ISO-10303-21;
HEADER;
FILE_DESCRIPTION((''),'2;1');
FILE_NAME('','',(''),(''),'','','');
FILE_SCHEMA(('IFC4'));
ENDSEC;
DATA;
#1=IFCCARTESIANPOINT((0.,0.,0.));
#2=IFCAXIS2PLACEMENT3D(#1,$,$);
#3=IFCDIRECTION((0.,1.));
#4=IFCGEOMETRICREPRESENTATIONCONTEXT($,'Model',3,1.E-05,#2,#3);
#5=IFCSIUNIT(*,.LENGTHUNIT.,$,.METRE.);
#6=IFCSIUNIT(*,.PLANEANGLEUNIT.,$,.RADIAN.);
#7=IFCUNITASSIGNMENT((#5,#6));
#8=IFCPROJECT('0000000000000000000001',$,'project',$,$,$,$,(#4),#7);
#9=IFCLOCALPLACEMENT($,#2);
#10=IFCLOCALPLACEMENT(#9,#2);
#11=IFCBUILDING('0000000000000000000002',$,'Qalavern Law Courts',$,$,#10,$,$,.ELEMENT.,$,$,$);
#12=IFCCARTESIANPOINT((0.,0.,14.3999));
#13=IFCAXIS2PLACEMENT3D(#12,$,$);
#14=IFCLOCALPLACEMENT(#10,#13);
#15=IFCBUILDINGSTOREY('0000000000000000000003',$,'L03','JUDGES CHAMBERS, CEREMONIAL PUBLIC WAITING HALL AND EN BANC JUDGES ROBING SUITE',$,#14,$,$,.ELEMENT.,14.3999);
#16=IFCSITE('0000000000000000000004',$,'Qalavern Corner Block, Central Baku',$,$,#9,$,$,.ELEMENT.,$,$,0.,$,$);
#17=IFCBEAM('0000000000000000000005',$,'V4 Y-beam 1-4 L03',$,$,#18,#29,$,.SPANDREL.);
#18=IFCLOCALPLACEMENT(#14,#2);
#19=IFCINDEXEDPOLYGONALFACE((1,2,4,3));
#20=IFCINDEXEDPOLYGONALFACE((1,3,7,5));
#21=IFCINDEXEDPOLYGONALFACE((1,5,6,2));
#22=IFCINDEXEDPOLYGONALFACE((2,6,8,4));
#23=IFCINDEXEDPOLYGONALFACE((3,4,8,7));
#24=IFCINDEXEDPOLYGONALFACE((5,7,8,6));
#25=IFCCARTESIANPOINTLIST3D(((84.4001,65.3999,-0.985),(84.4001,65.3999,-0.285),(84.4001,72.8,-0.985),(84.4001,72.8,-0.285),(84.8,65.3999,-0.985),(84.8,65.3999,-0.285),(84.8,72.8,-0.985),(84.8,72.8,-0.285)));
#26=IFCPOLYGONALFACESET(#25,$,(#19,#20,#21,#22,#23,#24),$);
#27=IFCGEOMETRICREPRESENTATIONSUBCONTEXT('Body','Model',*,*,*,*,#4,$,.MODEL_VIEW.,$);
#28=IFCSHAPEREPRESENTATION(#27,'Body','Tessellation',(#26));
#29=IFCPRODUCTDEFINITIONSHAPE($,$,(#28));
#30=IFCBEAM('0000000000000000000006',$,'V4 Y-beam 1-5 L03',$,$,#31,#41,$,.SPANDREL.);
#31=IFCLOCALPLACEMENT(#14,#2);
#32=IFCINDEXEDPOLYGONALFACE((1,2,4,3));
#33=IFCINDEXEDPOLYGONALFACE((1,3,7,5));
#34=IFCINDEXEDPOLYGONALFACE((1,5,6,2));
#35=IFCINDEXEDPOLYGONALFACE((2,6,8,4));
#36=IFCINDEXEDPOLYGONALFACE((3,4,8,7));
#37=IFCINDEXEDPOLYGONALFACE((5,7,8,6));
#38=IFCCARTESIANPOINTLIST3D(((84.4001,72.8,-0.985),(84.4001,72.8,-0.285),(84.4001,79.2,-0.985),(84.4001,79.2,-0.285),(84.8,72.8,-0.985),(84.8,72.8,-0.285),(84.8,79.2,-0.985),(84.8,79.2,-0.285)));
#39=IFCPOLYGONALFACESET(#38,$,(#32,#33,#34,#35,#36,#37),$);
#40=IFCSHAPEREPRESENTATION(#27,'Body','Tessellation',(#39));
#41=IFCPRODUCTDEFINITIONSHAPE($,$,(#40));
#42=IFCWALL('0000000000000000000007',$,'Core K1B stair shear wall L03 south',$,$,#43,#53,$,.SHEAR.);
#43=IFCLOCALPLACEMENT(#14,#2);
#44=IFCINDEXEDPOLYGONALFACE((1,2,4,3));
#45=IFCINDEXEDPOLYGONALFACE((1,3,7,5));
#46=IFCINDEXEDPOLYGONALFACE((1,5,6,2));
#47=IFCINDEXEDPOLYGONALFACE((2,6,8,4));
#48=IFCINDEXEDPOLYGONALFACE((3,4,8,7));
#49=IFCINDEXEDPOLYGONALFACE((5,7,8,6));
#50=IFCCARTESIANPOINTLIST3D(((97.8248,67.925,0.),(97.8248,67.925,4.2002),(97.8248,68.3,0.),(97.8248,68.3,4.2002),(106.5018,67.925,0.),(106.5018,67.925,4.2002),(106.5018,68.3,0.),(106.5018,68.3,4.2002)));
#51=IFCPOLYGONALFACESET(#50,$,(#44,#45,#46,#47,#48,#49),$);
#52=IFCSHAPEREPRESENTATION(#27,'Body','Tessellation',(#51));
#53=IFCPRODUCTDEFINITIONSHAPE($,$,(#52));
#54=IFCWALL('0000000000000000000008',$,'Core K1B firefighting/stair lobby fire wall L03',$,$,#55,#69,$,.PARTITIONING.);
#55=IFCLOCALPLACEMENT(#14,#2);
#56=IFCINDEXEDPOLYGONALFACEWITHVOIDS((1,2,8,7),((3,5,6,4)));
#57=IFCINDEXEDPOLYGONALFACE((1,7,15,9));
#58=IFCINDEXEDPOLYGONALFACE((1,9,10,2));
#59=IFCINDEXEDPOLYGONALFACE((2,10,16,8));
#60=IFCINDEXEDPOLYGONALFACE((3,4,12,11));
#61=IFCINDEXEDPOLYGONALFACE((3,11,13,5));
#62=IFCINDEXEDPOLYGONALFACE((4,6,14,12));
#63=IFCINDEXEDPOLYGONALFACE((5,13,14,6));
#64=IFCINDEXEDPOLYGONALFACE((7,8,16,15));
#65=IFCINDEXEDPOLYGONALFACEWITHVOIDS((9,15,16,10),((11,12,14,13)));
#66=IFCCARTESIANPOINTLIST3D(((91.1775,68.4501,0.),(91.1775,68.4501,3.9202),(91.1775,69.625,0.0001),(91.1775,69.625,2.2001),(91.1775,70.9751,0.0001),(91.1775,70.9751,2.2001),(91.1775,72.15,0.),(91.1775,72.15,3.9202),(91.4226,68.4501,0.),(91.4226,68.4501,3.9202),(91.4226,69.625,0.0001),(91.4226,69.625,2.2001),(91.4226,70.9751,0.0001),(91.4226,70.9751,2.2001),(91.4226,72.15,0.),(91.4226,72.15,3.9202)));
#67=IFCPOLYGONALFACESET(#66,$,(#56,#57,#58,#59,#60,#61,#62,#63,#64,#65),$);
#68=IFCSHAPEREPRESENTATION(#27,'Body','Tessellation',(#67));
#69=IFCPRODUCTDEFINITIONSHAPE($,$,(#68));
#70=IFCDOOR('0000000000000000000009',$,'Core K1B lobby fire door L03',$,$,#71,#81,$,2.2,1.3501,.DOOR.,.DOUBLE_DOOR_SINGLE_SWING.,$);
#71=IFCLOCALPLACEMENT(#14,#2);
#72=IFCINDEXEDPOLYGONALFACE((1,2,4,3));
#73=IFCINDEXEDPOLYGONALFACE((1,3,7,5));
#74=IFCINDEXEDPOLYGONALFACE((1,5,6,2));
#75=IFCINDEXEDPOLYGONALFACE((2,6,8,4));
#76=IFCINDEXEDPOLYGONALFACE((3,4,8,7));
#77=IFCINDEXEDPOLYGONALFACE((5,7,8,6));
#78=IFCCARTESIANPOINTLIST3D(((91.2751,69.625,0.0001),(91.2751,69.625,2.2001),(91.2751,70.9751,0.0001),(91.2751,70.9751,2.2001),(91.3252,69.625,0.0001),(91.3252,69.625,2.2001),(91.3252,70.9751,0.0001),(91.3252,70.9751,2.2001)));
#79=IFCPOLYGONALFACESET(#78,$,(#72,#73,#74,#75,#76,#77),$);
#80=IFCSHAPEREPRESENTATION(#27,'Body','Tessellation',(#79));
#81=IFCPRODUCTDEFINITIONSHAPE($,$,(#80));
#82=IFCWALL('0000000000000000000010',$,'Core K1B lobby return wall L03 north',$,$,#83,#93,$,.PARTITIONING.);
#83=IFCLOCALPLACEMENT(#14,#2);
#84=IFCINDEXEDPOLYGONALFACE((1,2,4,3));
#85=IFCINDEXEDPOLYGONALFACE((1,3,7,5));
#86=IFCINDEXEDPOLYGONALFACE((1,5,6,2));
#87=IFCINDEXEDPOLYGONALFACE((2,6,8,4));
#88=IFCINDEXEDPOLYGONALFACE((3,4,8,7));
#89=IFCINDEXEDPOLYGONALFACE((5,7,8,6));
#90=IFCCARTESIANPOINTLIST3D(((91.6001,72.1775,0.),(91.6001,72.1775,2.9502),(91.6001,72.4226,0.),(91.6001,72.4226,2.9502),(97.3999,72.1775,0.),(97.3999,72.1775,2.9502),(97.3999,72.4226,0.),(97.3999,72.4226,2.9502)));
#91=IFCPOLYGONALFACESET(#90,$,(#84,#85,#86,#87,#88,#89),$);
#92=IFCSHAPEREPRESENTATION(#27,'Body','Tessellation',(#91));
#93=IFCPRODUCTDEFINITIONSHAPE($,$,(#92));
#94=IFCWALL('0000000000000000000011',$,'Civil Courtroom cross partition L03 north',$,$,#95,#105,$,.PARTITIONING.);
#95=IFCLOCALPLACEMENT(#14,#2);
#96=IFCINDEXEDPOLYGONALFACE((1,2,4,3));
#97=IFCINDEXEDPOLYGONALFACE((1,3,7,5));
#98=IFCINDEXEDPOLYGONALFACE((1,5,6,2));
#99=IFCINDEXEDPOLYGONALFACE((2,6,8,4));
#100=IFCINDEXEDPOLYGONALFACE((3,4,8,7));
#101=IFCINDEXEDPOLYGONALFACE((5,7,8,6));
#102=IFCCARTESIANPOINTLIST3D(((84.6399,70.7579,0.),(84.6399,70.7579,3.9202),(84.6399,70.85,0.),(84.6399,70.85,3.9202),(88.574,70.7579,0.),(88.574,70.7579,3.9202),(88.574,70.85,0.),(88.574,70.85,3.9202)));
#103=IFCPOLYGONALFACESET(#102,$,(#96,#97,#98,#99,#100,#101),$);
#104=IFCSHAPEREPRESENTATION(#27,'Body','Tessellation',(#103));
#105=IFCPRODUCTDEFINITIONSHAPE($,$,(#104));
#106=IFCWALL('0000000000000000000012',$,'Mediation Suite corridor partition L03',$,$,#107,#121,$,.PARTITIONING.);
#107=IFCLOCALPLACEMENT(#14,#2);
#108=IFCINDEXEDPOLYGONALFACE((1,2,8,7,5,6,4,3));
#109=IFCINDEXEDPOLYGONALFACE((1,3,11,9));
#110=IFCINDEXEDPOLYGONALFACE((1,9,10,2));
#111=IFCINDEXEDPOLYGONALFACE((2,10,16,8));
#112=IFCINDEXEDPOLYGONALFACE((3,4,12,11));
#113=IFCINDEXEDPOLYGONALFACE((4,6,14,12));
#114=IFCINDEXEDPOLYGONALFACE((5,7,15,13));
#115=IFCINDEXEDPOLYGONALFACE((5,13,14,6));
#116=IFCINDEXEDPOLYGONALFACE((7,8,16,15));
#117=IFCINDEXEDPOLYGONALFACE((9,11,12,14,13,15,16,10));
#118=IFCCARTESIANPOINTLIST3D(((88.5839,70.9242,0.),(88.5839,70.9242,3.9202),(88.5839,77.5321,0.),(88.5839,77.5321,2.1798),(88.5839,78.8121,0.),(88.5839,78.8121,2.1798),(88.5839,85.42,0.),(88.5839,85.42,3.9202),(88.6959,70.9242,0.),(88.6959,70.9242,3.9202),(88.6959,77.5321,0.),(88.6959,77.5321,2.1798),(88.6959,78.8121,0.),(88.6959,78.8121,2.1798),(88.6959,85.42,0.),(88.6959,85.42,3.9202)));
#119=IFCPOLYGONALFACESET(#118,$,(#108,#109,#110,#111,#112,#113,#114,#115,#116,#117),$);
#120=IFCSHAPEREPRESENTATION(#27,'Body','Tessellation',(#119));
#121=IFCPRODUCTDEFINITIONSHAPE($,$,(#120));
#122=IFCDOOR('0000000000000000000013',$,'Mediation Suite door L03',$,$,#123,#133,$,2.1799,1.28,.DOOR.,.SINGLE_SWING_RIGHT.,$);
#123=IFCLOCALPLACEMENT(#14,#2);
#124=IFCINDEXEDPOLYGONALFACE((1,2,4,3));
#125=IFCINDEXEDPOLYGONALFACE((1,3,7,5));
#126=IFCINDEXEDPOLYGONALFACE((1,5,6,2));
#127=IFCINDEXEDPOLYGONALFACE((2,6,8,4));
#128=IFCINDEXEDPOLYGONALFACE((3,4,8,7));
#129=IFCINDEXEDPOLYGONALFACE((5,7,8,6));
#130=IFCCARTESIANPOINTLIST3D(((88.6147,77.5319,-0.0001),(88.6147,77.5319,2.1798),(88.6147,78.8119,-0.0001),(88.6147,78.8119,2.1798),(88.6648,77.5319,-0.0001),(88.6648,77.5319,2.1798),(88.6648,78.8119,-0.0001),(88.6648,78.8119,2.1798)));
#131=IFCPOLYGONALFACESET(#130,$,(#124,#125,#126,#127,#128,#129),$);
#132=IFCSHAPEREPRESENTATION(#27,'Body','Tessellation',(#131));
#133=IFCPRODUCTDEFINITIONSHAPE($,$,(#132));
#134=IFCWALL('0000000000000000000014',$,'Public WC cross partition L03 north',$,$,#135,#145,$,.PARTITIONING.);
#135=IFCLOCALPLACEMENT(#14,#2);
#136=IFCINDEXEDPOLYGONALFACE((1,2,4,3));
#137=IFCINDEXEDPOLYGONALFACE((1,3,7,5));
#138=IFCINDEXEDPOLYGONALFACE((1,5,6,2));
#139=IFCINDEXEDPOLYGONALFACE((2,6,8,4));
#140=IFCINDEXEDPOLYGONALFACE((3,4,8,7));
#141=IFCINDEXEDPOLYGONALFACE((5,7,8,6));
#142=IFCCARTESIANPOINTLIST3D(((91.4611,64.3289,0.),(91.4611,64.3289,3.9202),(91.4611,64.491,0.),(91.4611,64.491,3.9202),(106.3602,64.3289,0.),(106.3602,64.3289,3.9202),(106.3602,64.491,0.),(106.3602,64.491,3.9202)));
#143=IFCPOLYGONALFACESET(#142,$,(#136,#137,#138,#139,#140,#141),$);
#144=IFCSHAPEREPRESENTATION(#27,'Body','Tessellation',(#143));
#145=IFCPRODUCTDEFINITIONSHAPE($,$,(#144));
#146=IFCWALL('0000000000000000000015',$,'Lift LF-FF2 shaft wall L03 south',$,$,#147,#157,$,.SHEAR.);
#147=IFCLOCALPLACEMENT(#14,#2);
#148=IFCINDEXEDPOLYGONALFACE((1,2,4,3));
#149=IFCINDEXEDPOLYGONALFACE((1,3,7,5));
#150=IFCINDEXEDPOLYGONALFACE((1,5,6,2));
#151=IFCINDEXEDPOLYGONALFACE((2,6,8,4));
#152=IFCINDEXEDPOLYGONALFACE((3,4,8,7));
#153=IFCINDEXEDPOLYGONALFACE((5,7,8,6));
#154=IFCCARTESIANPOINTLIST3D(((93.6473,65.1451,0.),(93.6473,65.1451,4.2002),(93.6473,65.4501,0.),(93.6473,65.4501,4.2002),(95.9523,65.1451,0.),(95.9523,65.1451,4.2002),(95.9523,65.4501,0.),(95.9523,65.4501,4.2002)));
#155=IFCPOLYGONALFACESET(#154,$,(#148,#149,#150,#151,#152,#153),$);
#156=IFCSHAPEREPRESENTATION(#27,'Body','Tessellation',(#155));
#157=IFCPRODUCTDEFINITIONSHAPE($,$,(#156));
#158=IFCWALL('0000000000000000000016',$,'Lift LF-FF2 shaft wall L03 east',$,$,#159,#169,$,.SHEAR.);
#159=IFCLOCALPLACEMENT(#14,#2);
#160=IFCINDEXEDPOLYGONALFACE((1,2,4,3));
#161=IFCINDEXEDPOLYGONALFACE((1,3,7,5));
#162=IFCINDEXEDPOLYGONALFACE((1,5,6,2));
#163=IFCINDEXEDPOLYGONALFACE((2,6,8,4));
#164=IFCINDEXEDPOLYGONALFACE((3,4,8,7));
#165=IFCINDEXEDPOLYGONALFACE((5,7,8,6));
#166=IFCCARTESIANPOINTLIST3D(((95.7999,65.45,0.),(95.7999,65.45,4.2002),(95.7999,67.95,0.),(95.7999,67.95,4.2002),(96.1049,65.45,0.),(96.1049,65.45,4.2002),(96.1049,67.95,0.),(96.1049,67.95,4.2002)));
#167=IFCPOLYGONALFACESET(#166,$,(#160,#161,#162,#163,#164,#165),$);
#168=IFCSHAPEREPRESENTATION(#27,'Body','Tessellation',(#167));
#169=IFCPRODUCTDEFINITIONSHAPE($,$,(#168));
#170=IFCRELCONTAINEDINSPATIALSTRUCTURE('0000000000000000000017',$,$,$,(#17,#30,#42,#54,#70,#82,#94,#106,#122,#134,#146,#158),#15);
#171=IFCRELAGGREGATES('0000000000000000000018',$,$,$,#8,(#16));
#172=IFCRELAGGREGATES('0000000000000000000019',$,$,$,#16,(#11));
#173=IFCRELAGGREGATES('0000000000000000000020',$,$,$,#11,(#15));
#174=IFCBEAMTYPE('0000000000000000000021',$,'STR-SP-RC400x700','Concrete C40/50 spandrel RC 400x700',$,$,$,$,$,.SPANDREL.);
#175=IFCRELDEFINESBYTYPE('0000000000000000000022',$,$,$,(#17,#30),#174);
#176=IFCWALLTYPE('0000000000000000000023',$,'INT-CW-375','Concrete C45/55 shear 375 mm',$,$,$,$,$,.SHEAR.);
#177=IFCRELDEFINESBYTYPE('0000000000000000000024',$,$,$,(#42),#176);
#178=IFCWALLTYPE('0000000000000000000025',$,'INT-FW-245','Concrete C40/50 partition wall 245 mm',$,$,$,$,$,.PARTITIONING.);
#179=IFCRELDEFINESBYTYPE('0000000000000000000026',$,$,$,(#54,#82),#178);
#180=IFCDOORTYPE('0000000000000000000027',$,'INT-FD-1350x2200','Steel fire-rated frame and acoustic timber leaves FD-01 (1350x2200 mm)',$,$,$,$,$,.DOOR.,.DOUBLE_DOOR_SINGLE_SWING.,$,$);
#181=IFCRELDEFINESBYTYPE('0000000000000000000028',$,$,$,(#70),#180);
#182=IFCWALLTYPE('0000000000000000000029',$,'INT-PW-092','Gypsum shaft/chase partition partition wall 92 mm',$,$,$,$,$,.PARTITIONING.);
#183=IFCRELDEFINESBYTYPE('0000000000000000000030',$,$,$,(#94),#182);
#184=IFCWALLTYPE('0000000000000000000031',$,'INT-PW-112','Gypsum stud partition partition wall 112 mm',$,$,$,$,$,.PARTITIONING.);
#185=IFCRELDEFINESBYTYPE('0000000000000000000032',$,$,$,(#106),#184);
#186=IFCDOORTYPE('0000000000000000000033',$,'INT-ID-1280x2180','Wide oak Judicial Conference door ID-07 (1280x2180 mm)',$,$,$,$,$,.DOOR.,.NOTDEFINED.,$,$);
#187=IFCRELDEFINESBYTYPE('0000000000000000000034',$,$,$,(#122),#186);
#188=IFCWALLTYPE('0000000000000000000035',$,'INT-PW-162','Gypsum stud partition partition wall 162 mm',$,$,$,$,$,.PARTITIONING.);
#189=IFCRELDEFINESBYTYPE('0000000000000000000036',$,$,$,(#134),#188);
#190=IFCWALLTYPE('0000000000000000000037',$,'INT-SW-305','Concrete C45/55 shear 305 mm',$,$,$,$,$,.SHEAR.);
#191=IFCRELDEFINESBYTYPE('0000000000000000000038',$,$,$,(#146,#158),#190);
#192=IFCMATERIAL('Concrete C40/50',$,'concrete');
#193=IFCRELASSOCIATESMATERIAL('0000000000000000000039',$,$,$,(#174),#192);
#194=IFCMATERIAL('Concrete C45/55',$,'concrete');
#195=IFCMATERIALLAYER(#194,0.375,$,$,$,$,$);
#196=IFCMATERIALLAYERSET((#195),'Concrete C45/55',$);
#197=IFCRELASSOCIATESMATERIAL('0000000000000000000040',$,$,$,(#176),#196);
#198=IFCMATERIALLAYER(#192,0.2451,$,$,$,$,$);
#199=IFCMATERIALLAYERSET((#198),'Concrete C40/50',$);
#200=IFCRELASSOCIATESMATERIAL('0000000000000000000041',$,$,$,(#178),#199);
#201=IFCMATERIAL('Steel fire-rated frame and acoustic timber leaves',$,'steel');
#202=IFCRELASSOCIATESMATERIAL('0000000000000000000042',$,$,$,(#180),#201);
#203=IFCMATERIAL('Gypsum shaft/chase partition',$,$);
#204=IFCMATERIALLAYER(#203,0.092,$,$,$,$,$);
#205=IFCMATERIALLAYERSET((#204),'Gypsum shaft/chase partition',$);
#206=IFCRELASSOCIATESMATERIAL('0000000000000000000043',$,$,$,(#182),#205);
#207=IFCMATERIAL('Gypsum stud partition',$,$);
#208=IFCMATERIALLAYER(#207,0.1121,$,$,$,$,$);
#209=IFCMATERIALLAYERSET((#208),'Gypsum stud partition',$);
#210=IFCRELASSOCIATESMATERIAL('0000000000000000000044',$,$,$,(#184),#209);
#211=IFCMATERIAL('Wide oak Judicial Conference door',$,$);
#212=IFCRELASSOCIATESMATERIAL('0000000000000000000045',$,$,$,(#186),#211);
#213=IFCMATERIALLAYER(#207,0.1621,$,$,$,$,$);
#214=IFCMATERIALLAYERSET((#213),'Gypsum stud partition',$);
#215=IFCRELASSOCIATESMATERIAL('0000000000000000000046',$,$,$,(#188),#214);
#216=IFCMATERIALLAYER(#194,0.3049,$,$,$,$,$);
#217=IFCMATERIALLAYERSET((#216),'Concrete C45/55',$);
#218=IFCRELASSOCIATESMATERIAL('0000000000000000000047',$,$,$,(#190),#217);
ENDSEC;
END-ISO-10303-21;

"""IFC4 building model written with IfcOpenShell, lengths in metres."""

from ifc_helpers import new_model, si_unit, direction, frame, frame_2d, origin, origin_2d, place, context, subcontext, project, spatial, rectangle, extrude, material, layer, layer_set, material_profile, profile_set, type_object, element, fill, save


model = new_model("IFC4")

# Units and contexts
model_context = context("Model", 3, precision=1e-05, world=origin(), true_north=direction((0.0, 1.0)))
body_context = subcontext(model_context, "Body", "Model", "MODEL_VIEW")
ifc_project = project(units=[si_unit("LENGTHUNIT", "METRE"), si_unit("PLANEANGLEUNIT", "RADIAN")], contexts=[model_context])

# Site, building, storey
site_placement = place(None, origin())
site = spatial("IfcSite", under=ifc_project, at=site_placement, Name="Qalavern Corner Block, Central Baku", CompositionType="ELEMENT", RefElevation=0.0)
building_placement = place(site_placement, origin())
building = spatial("IfcBuilding", under=site, at=building_placement, Name="Qalavern Law Courts", CompositionType="ELEMENT")
storey_placement = place(building_placement, frame((0.0, 0.0, 14.3999)))
storey = spatial("IfcBuildingStorey", under=building, at=storey_placement, Name="L03", Description="JUDGES CHAMBERS, CEREMONIAL PUBLIC WAITING HALL AND EN BANC JUDGES ROBING SUITE", CompositionType="ELEMENT", Elevation=14.3999)

# Shared definitions
ifc_material_1 = material(Name="Concrete C45/55", Category="concrete")

# Beams
ifc_material_2 = material(Name="Concrete C40/50", Category="concrete")
ifc_material_profile_1 = material_profile(ifc_material_2, rectangle(XDim=0.3999, YDim=0.7, at=origin_2d()), Name="RC 400x700")
ifc_profile_set_1 = profile_set([ifc_material_profile_1], Name="Concrete C40/50")
beam_type_1 = type_object("IfcBeamType", Name="STR-SP-RC400x700", Description="Concrete C40/50 spandrel RC 400x700", PredefinedType="SPANDREL", material=ifc_profile_set_1)
beam_1_placement = place(storey_placement, frame((84.6001, 65.3999, -0.635), z_axis=(0.0, 1.0, 0.0), x_axis=(-1.0, 0.0, 0.0)))
element("IfcBeam", 1, at=beam_1_placement, inside=storey, type_object=beam_type_1, Name="V4 Y-beam 1-4 L03", PredefinedType="SPANDREL", context=body_context, shape_type="SweptSolid", body=[
    extrude(rectangle(XDim=0.3999, YDim=0.7, at=origin_2d()), origin(), (0.0, 0.0, 1.0), 7.4001),
])
beam_2_placement = place(storey_placement, frame((84.6001, 72.8, -0.635), z_axis=(0.0, 1.0, 0.0), x_axis=(-1.0, 0.0, 0.0)))
element("IfcBeam", 2, at=beam_2_placement, inside=storey, type_object=beam_type_1, Name="V4 Y-beam 1-5 L03", PredefinedType="SPANDREL", context=body_context, shape_type="SweptSolid", body=[
    extrude(rectangle(XDim=0.3999, YDim=0.7, at=origin_2d()), origin(), (0.0, 0.0, 1.0), 6.3999),
])

# Wall
ifc_layer_1 = layer(ifc_material_1, 0.375)
ifc_layer_set_1 = layer_set([ifc_layer_1], Name="Concrete C45/55")
wall_type_1 = type_object("IfcWallType", Name="INT-CW-375", Description="Concrete C45/55 shear 375 mm", PredefinedType="SHEAR", material=ifc_layer_set_1)
wall_1_placement = place(storey_placement, frame((97.825, 68.1125, 0.0), z_axis=(0.0, 0.0, 1.0), x_axis=(1.0, 0.0, 0.0)))
element("IfcWall", 3, at=wall_1_placement, inside=storey, type_object=wall_type_1, Name="Core K1B stair shear wall L03 south", PredefinedType="SHEAR", context=body_context, shape_type="SweptSolid", body=[
    extrude(rectangle(XDim=8.677, YDim=0.375, at=frame_2d((4.3384, 0.0))), origin(), (0.0, 0.0, 1.0), 4.2002),
])

# Wall, opening, door
ifc_layer_2 = layer(ifc_material_2, 0.2451)
ifc_layer_set_2 = layer_set([ifc_layer_2], Name="Concrete C40/50")
wall_type_2 = type_object("IfcWallType", Name="INT-FW-245", Description="Concrete C40/50 partition wall 245 mm", PredefinedType="PARTITIONING", material=ifc_layer_set_2)
wall_2_placement = place(storey_placement, frame((91.3, 68.45, 0.0), z_axis=(0.0, 0.0, 1.0), x_axis=(0.0, 1.0, 0.0)))
wall_2 = element("IfcWall", 4, at=wall_2_placement, inside=storey, type_object=wall_type_2, Name="Core K1B firefighting/stair lobby fire wall L03", PredefinedType="PARTITIONING", context=body_context, shape_type="SweptSolid", body=[
    extrude(rectangle(XDim=3.7, YDim=0.2451, at=frame_2d((1.8501, 0.0))), origin(), (0.0, 0.0, 1.0), 3.9202),
])
opening_1_placement = place(wall_2_placement, frame((1.175, 0.0, 0.0)))
opening_1 = element("IfcOpeningElement", 5, at=opening_1_placement, cuts=wall_2, PredefinedType="OPENING", context=body_context, shape_type="SweptSolid", body=[
    extrude(rectangle(XDim=1.3501, YDim=2.2, at=frame_2d((0.675, 1.1001))), frame((0.0, 0.1375, 0.0), z_axis=(0.0, -1.0, 0.0), x_axis=(1.0, 0.0, 0.0)), (0.0, 0.0, 1.0), 0.2749),
])
ifc_material_3 = material(Name="Steel fire-rated frame and acoustic timber leaves", Category="steel")
door_type_1 = type_object("IfcDoorType", Name="INT-FD-1350x2200", Description="Steel fire-rated frame and acoustic timber leaves FD-01 (1350x2200 mm)", OperationType="DOUBLE_DOOR_SINGLE_SWING", PredefinedType="DOOR", material=ifc_material_3)
door_1_placement = place(opening_1_placement, origin())
door_1 = element("IfcDoor", 6, at=door_1_placement, inside=storey, type_object=door_type_1, Name="Core K1B lobby fire door L03", OperationType="DOUBLE_DOOR_SINGLE_SWING", OverallHeight=2.2, OverallWidth=1.3501, PredefinedType="DOOR", context=body_context, shape_type="SweptSolid", body=[
    extrude(rectangle(XDim=1.3501, YDim=2.2, at=frame_2d((0.675, 1.1001))), frame((0.0, 0.0249, 0.0), z_axis=(0.0, -1.0, 0.0), x_axis=(1.0, 0.0, 0.0)), (0.0, 0.0, 1.0), 0.05),
])
fill(opening_1, door_1)

# Walls
wall_3_placement = place(storey_placement, frame((91.6001, 72.3, 0.0), z_axis=(0.0, 0.0, 1.0), x_axis=(1.0, 0.0, 0.0)))
element("IfcWall", 7, at=wall_3_placement, inside=storey, type_object=wall_type_2, Name="Core K1B lobby return wall L03 north", PredefinedType="PARTITIONING", context=body_context, shape_type="SweptSolid", body=[
    extrude(rectangle(XDim=5.7998, YDim=0.2451, at=frame_2d((2.8999, 0.0))), origin(), (0.0, 0.0, 1.0), 2.9502),
])
ifc_material_4 = material(Name="Gypsum shaft/chase partition")
ifc_layer_3 = layer(ifc_material_4, 0.092)
ifc_layer_set_3 = layer_set([ifc_layer_3], Name="Gypsum shaft/chase partition")
wall_type_3 = type_object("IfcWallType", Name="INT-PW-092", Description="Gypsum shaft/chase partition partition wall 92 mm", PredefinedType="PARTITIONING", material=ifc_layer_set_3)
wall_4_placement = place(storey_placement, frame((84.6399, 70.804, 0.0), z_axis=(0.0, 0.0, 1.0), x_axis=(1.0, 0.0, 0.0)))
element("IfcWall", 8, at=wall_4_placement, inside=storey, type_object=wall_type_3, Name="Civil Courtroom cross partition L03 north", PredefinedType="PARTITIONING", context=body_context, shape_type="SweptSolid", body=[
    extrude(rectangle(XDim=3.9341, YDim=0.092, at=frame_2d((1.967, 0.0))), origin(), (0.0, 0.0, 1.0), 3.9202),
])

# Wall, opening, door
ifc_material_5 = material(Name="Gypsum stud partition")
ifc_layer_4 = layer(ifc_material_5, 0.1121)
ifc_layer_set_4 = layer_set([ifc_layer_4], Name="Gypsum stud partition")
wall_type_4 = type_object("IfcWallType", Name="INT-PW-112", Description="Gypsum stud partition partition wall 112 mm", PredefinedType="PARTITIONING", material=ifc_layer_set_4)
wall_5_placement = place(storey_placement, frame((88.6399, 70.9241, 0.0), z_axis=(0.0, 0.0, 1.0), x_axis=(0.0, 1.0, 0.0)))
wall_5 = element("IfcWall", 9, at=wall_5_placement, inside=storey, type_object=wall_type_4, Name="Mediation Suite corridor partition L03", PredefinedType="PARTITIONING", context=body_context, shape_type="SweptSolid", body=[
    extrude(rectangle(XDim=14.4958, YDim=0.1121, at=frame_2d((7.248, 0.0))), origin(), (0.0, 0.0, 1.0), 3.9202),
])
opening_2_placement = place(wall_5_placement, frame((6.6079, 0.0, 0.0)))
opening_2 = element("IfcOpeningElement", 10, at=opening_2_placement, cuts=wall_5, PredefinedType="OPENING", context=body_context, shape_type="SweptSolid", body=[
    extrude(rectangle(XDim=1.28, YDim=2.1799, at=frame_2d((0.6401, 1.0898))), frame((0.0, 0.0708, 0.0), z_axis=(0.0, -1.0, 0.0), x_axis=(1.0, 0.0, 0.0)), (0.0, 0.0, 1.0), 0.1418),
])
ifc_material_6 = material(Name="Wide oak Judicial Conference door")
door_type_2 = type_object("IfcDoorType", Name="INT-ID-1280x2180", Description="Wide oak Judicial Conference door ID-07 (1280x2180 mm)", OperationType="NOTDEFINED", PredefinedType="DOOR", material=ifc_material_6)
door_2_placement = place(opening_2_placement, frame((1.28, 0.0, 0.0), z_axis=(0.0, 0.0, 1.0), x_axis=(-1.0, 0.0, 0.0)))
door_2 = element("IfcDoor", 11, at=door_2_placement, inside=storey, type_object=door_type_2, Name="Mediation Suite door L03", OperationType="SINGLE_SWING_RIGHT", OverallHeight=2.1799, OverallWidth=1.28, PredefinedType="DOOR", context=body_context, shape_type="SweptSolid", body=[
    extrude(rectangle(XDim=1.28, YDim=2.1799, at=frame_2d((0.6401, 1.0898))), frame((0.0, 0.0249, 0.0), z_axis=(0.0, -1.0, 0.0), x_axis=(1.0, 0.0, 0.0)), (0.0, 0.0, 1.0), 0.05),
])
fill(opening_2, door_2)

# Walls
ifc_layer_5 = layer(ifc_material_5, 0.1621)
ifc_layer_set_5 = layer_set([ifc_layer_5], Name="Gypsum stud partition")
wall_type_5 = type_object("IfcWallType", Name="INT-PW-162", Description="Gypsum stud partition partition wall 162 mm", PredefinedType="PARTITIONING", material=ifc_layer_set_5)
wall_6_placement = place(storey_placement, frame((91.4609, 64.4099, 0.0), z_axis=(0.0, 0.0, 1.0), x_axis=(1.0, 0.0, 0.0)))
element("IfcWall", 12, at=wall_6_placement, inside=storey, type_object=wall_type_5, Name="Public WC cross partition L03 north", PredefinedType="PARTITIONING", context=body_context, shape_type="SweptSolid", body=[
    extrude(rectangle(XDim=14.8992, YDim=0.1621, at=frame_2d((7.4497, 0.0))), origin(), (0.0, 0.0, 1.0), 3.9202),
])
ifc_layer_6 = layer(ifc_material_1, 0.3049)
ifc_layer_set_6 = layer_set([ifc_layer_6], Name="Concrete C45/55")
wall_type_6 = type_object("IfcWallType", Name="INT-SW-305", Description="Concrete C45/55 shear 305 mm", PredefinedType="SHEAR", material=ifc_layer_set_6)
wall_7_placement = place(storey_placement, frame((93.6475, 65.2976, 0.0), z_axis=(0.0, 0.0, 1.0), x_axis=(1.0, 0.0, 0.0)))
element("IfcWall", 13, at=wall_7_placement, inside=storey, type_object=wall_type_6, Name="Lift LF-FF2 shaft wall L03 south", PredefinedType="SHEAR", context=body_context, shape_type="SweptSolid", body=[
    extrude(rectangle(XDim=2.3049, YDim=0.3049, at=frame_2d((1.1523, 0.0))), origin(), (0.0, 0.0, 1.0), 4.2002),
])
wall_8_placement = place(storey_placement, frame((95.9524, 65.45, 0.0), z_axis=(0.0, 0.0, 1.0), x_axis=(0.0, 1.0, 0.0)))
element("IfcWall", 14, at=wall_8_placement, inside=storey, type_object=wall_type_6, Name="Lift LF-FF2 shaft wall L03 east", PredefinedType="SHEAR", context=body_context, shape_type="SweptSolid", body=[
    extrude(rectangle(XDim=2.5, YDim=0.3049, at=frame_2d((1.25, 0.0))), origin(), (0.0, 0.0, 1.0), 4.2002),
])

save(model, "model.ifc")
